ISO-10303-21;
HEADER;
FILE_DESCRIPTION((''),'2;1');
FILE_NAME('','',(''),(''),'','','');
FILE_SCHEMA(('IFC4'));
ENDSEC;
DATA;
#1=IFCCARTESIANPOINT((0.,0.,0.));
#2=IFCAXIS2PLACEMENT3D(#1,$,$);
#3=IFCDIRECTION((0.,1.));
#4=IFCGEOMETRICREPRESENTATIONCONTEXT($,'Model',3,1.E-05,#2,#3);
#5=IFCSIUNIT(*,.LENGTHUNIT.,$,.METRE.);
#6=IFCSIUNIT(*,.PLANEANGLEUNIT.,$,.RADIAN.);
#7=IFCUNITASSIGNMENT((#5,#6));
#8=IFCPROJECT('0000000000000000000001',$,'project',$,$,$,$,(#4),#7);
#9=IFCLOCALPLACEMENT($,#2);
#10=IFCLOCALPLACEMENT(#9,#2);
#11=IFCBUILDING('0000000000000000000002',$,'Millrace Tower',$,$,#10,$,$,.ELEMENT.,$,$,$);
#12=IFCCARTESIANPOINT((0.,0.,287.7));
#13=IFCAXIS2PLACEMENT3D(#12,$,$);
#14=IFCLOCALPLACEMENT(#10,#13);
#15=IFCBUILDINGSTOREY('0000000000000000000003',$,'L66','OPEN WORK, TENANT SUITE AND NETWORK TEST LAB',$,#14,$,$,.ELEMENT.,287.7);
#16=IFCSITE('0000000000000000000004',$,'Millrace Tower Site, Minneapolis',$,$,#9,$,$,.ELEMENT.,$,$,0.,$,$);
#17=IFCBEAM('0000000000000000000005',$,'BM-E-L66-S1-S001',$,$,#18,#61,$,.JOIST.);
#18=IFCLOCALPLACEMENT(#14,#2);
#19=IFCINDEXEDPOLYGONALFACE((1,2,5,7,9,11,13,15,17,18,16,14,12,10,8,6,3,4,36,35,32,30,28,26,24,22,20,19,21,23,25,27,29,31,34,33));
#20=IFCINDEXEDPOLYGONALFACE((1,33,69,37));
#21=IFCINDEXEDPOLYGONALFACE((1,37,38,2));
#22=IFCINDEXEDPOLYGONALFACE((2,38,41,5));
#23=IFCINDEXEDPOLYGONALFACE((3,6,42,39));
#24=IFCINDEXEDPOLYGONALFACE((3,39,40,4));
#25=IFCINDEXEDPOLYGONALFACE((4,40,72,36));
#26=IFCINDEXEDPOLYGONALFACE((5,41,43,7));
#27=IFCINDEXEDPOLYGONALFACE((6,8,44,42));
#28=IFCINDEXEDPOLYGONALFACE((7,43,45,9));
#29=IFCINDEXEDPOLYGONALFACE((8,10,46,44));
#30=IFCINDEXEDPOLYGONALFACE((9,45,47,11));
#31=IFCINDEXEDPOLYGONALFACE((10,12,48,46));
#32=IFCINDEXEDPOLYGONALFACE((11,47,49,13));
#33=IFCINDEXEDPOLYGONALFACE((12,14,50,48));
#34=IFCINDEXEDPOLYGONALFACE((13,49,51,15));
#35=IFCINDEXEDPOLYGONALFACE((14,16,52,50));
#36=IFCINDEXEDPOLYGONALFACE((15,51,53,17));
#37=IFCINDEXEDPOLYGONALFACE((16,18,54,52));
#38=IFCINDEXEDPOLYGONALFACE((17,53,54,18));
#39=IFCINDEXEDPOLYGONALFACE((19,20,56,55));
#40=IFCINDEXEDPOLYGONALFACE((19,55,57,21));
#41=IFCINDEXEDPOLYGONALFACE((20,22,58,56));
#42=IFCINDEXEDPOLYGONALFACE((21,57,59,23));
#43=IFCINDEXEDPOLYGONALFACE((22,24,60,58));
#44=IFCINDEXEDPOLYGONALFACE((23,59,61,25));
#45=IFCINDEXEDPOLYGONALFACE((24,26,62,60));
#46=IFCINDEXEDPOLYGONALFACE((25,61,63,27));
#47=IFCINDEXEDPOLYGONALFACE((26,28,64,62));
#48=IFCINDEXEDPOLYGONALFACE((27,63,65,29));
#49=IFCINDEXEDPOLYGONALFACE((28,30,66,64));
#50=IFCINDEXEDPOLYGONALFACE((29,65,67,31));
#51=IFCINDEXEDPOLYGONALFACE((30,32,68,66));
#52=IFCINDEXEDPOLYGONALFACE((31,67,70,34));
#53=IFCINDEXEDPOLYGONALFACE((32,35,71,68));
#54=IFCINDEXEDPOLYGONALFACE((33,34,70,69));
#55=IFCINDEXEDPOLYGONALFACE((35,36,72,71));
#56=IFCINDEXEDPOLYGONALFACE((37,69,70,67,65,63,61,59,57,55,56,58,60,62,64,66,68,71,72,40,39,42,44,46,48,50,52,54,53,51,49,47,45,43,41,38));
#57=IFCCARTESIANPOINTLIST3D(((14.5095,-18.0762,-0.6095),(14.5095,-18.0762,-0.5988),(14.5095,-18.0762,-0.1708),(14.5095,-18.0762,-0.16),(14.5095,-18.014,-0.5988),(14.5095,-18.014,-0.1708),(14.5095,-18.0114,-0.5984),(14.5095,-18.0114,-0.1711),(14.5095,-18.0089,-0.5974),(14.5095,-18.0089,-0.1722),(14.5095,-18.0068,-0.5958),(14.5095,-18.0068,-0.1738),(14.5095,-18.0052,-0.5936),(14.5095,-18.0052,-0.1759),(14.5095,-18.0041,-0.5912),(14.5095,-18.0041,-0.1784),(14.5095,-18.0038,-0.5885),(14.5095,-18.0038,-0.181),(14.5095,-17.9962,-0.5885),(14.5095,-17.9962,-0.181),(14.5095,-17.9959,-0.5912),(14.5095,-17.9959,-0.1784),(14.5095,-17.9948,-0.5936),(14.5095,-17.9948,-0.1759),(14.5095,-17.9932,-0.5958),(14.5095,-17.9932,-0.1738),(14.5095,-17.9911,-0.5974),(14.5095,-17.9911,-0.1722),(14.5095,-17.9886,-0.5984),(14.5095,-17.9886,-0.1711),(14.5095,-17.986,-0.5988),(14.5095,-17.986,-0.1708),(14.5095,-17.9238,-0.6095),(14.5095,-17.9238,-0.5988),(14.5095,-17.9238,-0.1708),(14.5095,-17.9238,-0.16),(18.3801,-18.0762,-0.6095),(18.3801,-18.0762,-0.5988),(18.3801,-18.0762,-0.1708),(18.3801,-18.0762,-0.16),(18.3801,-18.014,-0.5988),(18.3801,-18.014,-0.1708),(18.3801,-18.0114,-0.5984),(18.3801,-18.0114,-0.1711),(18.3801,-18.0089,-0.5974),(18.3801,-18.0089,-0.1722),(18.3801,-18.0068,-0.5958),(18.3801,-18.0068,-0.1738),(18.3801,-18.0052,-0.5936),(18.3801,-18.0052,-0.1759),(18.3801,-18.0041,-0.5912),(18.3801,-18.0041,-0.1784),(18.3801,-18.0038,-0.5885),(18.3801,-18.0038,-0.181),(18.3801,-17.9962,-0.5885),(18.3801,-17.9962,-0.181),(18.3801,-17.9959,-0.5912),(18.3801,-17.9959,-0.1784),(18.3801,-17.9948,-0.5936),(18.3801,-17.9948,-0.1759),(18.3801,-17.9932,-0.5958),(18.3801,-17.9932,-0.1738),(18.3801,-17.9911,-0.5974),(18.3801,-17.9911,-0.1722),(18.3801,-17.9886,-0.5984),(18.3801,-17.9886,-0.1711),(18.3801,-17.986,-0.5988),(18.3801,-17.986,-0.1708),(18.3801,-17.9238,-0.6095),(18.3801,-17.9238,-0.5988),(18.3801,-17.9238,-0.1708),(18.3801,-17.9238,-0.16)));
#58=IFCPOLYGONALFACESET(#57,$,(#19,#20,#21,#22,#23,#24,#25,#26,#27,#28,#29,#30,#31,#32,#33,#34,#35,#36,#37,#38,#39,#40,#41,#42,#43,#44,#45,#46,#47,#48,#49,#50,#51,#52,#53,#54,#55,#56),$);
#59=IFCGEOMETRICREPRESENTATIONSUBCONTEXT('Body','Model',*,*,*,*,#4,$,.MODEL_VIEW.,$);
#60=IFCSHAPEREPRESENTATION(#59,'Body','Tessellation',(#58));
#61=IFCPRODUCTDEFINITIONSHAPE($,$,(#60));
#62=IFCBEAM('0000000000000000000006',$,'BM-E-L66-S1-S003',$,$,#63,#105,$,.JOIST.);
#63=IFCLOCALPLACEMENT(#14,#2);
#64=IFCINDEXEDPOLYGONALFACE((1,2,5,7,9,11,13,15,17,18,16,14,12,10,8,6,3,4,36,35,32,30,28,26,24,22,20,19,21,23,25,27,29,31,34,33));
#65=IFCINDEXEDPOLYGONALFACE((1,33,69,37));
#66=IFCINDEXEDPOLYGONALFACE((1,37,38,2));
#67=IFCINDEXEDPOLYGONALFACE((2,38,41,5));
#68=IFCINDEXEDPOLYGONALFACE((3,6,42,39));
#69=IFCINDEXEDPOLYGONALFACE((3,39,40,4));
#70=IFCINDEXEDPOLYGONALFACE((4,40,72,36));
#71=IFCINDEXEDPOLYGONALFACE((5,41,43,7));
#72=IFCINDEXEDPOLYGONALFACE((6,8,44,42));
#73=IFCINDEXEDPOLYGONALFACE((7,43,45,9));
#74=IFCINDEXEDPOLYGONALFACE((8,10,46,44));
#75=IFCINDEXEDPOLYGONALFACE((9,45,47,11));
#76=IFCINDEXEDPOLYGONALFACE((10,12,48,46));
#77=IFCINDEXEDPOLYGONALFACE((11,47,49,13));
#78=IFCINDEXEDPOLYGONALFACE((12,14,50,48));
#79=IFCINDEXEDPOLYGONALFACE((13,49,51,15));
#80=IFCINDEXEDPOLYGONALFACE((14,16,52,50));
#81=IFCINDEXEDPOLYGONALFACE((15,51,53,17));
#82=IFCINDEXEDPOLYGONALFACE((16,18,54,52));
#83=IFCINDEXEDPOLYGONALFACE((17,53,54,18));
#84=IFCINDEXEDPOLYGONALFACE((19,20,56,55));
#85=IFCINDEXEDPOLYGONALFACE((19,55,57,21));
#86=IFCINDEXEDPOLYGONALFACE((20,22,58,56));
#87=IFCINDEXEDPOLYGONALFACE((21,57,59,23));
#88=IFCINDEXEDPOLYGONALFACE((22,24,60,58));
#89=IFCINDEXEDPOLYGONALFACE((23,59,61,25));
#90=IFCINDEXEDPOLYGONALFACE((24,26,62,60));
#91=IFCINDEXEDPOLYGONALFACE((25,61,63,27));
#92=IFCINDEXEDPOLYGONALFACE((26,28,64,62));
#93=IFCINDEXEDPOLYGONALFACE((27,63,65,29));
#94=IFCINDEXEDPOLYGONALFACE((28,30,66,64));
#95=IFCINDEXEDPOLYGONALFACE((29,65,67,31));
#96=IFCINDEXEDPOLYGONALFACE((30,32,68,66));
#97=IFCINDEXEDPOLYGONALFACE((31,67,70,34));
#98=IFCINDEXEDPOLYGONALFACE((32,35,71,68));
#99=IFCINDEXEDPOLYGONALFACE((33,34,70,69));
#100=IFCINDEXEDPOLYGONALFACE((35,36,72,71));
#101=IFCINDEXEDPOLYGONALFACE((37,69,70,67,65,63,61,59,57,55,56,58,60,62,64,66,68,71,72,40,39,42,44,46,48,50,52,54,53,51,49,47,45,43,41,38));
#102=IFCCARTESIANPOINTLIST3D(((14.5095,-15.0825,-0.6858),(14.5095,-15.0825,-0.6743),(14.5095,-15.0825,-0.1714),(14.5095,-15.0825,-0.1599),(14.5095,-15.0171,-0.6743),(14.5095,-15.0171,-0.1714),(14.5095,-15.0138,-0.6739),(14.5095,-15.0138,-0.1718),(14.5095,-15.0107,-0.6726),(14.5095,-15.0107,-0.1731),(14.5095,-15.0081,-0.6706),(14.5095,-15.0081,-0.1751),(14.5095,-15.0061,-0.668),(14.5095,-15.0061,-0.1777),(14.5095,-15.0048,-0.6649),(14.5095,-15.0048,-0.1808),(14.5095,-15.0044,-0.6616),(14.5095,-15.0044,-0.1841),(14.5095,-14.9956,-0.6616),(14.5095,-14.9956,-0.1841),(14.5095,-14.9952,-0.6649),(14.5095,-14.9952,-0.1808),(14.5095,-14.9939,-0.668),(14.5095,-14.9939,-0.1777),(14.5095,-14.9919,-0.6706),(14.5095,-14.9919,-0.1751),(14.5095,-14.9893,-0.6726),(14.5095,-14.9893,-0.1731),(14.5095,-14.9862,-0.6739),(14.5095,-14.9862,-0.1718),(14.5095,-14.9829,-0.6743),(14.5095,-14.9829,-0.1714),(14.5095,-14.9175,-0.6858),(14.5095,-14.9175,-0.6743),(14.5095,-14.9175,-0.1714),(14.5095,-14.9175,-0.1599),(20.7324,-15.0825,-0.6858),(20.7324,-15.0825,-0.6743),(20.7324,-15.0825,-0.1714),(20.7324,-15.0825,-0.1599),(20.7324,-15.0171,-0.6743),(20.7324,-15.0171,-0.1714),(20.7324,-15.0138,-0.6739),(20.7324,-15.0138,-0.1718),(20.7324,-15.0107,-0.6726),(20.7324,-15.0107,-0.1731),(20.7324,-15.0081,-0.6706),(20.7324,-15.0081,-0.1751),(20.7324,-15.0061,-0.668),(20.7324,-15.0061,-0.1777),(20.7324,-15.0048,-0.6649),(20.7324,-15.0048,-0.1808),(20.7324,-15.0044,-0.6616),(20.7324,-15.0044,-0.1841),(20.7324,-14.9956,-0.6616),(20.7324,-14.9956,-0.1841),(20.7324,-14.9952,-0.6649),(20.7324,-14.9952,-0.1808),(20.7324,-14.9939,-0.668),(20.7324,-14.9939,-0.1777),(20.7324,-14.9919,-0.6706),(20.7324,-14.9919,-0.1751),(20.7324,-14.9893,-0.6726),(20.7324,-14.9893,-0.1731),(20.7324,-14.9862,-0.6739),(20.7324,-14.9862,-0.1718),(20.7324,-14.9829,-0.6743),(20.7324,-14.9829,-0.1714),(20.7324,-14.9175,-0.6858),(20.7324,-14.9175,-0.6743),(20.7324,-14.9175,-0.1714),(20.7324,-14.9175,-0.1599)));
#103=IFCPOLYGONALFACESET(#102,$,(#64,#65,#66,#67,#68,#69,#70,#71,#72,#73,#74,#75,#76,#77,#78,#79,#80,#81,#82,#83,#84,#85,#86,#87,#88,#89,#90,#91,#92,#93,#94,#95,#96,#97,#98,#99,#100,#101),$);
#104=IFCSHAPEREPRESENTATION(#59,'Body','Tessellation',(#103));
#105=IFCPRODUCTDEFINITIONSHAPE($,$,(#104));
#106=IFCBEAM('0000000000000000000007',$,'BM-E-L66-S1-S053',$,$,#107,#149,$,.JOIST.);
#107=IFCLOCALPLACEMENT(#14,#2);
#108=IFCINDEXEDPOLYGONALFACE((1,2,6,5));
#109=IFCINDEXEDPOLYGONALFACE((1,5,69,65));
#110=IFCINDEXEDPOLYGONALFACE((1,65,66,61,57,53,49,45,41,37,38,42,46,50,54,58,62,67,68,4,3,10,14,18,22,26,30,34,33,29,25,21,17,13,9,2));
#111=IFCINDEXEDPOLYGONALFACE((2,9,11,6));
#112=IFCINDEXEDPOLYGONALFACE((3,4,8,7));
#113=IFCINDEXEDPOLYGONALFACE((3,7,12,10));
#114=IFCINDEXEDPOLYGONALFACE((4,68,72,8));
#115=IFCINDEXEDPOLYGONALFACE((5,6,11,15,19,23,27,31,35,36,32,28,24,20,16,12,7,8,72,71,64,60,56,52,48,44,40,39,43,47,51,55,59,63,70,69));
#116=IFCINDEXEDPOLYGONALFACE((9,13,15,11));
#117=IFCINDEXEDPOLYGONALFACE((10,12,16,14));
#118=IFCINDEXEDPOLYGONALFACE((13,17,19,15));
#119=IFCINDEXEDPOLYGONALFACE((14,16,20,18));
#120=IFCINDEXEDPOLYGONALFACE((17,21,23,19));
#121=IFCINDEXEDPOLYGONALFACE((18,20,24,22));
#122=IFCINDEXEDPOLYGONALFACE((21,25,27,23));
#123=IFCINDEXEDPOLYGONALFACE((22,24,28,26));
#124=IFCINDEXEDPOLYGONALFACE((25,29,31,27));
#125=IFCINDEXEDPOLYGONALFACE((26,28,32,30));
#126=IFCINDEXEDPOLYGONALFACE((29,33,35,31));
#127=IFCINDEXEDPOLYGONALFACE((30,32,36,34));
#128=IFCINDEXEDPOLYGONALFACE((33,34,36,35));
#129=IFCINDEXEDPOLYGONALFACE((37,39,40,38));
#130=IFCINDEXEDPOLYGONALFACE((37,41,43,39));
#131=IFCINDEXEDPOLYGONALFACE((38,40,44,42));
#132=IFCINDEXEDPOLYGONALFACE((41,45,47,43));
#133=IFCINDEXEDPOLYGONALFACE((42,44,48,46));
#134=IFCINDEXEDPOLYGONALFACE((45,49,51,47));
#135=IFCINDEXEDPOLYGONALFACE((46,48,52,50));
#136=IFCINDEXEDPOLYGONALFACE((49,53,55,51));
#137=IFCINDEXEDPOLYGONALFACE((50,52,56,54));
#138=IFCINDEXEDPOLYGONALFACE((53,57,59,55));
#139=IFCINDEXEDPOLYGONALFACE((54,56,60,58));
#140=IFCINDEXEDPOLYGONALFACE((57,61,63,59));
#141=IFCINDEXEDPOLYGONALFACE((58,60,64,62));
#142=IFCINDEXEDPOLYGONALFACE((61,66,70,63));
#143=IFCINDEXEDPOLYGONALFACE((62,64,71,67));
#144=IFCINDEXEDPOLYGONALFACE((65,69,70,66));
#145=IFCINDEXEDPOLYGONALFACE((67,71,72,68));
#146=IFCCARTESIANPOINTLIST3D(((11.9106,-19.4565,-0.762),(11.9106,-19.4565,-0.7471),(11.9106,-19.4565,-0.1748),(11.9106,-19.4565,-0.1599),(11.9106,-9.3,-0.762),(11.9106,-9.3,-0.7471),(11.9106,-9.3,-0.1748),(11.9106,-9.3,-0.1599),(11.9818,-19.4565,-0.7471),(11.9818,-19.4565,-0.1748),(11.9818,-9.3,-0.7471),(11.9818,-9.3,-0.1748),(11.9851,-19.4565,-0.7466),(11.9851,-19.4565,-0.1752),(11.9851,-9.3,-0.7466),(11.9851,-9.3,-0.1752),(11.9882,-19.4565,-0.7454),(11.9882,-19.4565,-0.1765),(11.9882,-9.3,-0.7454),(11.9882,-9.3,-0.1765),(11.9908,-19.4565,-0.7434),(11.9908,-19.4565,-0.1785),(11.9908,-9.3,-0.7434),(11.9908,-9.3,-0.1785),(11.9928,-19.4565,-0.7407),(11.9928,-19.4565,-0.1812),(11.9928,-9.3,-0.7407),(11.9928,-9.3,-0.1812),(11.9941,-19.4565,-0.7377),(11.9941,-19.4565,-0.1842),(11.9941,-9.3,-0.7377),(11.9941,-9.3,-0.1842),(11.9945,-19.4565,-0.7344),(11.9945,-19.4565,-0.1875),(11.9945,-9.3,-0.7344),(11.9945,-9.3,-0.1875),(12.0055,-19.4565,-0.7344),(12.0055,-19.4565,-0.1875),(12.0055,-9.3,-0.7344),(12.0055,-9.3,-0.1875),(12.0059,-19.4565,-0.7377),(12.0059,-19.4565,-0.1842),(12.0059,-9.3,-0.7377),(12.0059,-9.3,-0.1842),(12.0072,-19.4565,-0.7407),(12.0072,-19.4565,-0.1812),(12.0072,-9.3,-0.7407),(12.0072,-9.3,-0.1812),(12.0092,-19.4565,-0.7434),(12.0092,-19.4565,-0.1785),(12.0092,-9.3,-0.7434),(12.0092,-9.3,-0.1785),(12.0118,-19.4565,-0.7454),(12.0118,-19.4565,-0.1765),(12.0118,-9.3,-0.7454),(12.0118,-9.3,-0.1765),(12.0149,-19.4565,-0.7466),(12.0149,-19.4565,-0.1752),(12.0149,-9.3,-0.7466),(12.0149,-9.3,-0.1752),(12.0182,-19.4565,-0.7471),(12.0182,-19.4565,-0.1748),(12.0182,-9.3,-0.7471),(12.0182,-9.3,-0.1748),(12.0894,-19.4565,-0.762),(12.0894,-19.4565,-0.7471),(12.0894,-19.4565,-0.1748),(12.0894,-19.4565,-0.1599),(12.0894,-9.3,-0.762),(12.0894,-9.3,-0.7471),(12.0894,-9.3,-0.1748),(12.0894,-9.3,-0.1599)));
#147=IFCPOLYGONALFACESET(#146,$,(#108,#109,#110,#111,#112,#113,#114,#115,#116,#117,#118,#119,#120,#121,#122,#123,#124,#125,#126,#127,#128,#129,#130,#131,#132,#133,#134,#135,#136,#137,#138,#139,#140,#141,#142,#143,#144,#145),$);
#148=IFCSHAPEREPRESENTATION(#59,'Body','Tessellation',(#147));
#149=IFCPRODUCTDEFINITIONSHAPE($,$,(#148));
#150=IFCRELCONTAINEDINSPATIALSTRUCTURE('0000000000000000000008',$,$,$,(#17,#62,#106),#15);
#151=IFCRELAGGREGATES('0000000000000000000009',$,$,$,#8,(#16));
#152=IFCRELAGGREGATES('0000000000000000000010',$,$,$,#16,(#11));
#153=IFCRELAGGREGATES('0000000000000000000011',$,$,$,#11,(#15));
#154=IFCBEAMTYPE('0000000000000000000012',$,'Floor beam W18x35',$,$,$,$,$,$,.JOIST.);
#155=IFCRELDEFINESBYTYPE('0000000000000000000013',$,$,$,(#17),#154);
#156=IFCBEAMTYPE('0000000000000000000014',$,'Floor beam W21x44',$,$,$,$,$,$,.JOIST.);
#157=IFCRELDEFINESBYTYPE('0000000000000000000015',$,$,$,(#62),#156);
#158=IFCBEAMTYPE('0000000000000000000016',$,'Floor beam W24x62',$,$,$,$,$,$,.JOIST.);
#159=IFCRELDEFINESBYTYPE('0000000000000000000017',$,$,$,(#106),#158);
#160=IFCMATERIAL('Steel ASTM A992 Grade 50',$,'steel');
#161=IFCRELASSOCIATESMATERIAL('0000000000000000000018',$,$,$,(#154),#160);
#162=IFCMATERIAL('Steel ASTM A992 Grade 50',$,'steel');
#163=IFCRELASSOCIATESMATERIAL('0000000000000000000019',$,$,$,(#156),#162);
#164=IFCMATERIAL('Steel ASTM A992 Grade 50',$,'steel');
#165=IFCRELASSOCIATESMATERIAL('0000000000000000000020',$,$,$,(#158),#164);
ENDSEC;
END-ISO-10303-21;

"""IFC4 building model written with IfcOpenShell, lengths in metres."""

from ifc_helpers import new_model, si_unit, direction, frame, origin, origin_2d, place, context, subcontext, project, spatial, i_section, extrude, material, material_profile, profile_set, type_object, element, save


model = new_model("IFC4")

# Units and contexts
model_context = context("Model", 3, precision=1e-05, world=origin(), true_north=direction((0.0, 1.0)))
body_context = subcontext(model_context, "Body", "Model", "MODEL_VIEW")
ifc_project = project(units=[si_unit("LENGTHUNIT", "METRE"), si_unit("PLANEANGLEUNIT", "RADIAN")], contexts=[model_context])

# Site, building, storey
site_placement = place(None, origin())
site = spatial("IfcSite", under=ifc_project, at=site_placement, Name="Millrace Tower Site, Minneapolis", CompositionType="ELEMENT", RefElevation=0.0)
building_placement = place(site_placement, origin())
building = spatial("IfcBuilding", under=site, at=building_placement, Name="Millrace Tower", CompositionType="ELEMENT")
storey_placement = place(building_placement, frame((0.0, 0.0, 287.7)))
storey = spatial("IfcBuildingStorey", under=building, at=storey_placement, Name="L66", Description="OPEN WORK, TENANT SUITE AND NETWORK TEST LAB", CompositionType="ELEMENT", Elevation=287.7)

# Beams
ifc_material_1 = material(Name="Steel ASTM A992 Grade 50", Category="steel")
ifc_material_profile_1 = material_profile(ifc_material_1, i_section(OverallWidth=0.1523, OverallDepth=0.4495, WebThickness=0.0076, FlangeThickness=0.0107, FilletRadius=0.0103, at=origin_2d()))
ifc_profile_set_1 = profile_set([ifc_material_profile_1], Name="Steel ASTM A992 Grade 50")
beam_type_1 = type_object("IfcBeamType", Name="Floor beam W18x35", PredefinedType="JOIST", material=ifc_profile_set_1)
beam_1_placement = place(storey_placement, frame((14.5095, -18.0, -0.3848), z_axis=(1.0, 0.0, 0.0), x_axis=(0.0, 1.0, 0.0)))
element("IfcBeam", 1, at=beam_1_placement, inside=storey, type_object=beam_type_1, Name="BM-E-L66-S1-S001", PredefinedType="JOIST", context=body_context, shape_type="SweptSolid", body=[
    extrude(i_section(OverallWidth=0.1523, OverallDepth=0.4495, WebThickness=0.0076, FlangeThickness=0.0107, FilletRadius=0.0103, at=origin_2d()), origin(), (0.0, 0.0, 1.0), 3.8706),
])
ifc_material_2 = material(Name="Steel ASTM A992 Grade 50", Category="steel")
ifc_material_profile_2 = material_profile(ifc_material_2, i_section(OverallWidth=0.165, OverallDepth=0.5259, WebThickness=0.0088, FlangeThickness=0.0115, FilletRadius=0.0127, at=origin_2d()))
ifc_profile_set_2 = profile_set([ifc_material_profile_2], Name="Steel ASTM A992 Grade 50")
beam_type_2 = type_object("IfcBeamType", Name="Floor beam W21x44", PredefinedType="JOIST", material=ifc_profile_set_2)
beam_2_placement = place(storey_placement, frame((14.5095, -15.0, -0.4229), z_axis=(1.0, 0.0, 0.0), x_axis=(0.0, 1.0, 0.0)))
element("IfcBeam", 2, at=beam_2_placement, inside=storey, type_object=beam_type_2, Name="BM-E-L66-S1-S003", PredefinedType="JOIST", context=body_context, shape_type="SweptSolid", body=[
    extrude(i_section(OverallWidth=0.165, OverallDepth=0.5259, WebThickness=0.0088, FlangeThickness=0.0115, FilletRadius=0.0127, at=origin_2d()), origin(), (0.0, 0.0, 1.0), 6.2229),
])
ifc_material_3 = material(Name="Steel ASTM A992 Grade 50", Category="steel")
ifc_material_profile_3 = material_profile(ifc_material_3, i_section(OverallWidth=0.1787, OverallDepth=0.6021, WebThickness=0.011, FlangeThickness=0.0149, FilletRadius=0.0127, at=origin_2d()))
ifc_profile_set_3 = profile_set([ifc_material_profile_3], Name="Steel ASTM A992 Grade 50")
beam_type_3 = type_object("IfcBeamType", Name="Floor beam W24x62", PredefinedType="JOIST", material=ifc_profile_set_3)
beam_3_placement = place(storey_placement, frame((12.0, -19.4565, -0.4609), z_axis=(0.0, 1.0, 0.0), x_axis=(-1.0, 0.0, 0.0)))
element("IfcBeam", 3, at=beam_3_placement, inside=storey, type_object=beam_type_3, Name="BM-E-L66-S1-S053", PredefinedType="JOIST", context=body_context, shape_type="SweptSolid", body=[
    extrude(i_section(OverallWidth=0.1787, OverallDepth=0.6021, WebThickness=0.011, FlangeThickness=0.0149, FilletRadius=0.0127, at=origin_2d()), origin(), (0.0, 0.0, 1.0), 10.1565),
])

save(model, "model.ifc")
